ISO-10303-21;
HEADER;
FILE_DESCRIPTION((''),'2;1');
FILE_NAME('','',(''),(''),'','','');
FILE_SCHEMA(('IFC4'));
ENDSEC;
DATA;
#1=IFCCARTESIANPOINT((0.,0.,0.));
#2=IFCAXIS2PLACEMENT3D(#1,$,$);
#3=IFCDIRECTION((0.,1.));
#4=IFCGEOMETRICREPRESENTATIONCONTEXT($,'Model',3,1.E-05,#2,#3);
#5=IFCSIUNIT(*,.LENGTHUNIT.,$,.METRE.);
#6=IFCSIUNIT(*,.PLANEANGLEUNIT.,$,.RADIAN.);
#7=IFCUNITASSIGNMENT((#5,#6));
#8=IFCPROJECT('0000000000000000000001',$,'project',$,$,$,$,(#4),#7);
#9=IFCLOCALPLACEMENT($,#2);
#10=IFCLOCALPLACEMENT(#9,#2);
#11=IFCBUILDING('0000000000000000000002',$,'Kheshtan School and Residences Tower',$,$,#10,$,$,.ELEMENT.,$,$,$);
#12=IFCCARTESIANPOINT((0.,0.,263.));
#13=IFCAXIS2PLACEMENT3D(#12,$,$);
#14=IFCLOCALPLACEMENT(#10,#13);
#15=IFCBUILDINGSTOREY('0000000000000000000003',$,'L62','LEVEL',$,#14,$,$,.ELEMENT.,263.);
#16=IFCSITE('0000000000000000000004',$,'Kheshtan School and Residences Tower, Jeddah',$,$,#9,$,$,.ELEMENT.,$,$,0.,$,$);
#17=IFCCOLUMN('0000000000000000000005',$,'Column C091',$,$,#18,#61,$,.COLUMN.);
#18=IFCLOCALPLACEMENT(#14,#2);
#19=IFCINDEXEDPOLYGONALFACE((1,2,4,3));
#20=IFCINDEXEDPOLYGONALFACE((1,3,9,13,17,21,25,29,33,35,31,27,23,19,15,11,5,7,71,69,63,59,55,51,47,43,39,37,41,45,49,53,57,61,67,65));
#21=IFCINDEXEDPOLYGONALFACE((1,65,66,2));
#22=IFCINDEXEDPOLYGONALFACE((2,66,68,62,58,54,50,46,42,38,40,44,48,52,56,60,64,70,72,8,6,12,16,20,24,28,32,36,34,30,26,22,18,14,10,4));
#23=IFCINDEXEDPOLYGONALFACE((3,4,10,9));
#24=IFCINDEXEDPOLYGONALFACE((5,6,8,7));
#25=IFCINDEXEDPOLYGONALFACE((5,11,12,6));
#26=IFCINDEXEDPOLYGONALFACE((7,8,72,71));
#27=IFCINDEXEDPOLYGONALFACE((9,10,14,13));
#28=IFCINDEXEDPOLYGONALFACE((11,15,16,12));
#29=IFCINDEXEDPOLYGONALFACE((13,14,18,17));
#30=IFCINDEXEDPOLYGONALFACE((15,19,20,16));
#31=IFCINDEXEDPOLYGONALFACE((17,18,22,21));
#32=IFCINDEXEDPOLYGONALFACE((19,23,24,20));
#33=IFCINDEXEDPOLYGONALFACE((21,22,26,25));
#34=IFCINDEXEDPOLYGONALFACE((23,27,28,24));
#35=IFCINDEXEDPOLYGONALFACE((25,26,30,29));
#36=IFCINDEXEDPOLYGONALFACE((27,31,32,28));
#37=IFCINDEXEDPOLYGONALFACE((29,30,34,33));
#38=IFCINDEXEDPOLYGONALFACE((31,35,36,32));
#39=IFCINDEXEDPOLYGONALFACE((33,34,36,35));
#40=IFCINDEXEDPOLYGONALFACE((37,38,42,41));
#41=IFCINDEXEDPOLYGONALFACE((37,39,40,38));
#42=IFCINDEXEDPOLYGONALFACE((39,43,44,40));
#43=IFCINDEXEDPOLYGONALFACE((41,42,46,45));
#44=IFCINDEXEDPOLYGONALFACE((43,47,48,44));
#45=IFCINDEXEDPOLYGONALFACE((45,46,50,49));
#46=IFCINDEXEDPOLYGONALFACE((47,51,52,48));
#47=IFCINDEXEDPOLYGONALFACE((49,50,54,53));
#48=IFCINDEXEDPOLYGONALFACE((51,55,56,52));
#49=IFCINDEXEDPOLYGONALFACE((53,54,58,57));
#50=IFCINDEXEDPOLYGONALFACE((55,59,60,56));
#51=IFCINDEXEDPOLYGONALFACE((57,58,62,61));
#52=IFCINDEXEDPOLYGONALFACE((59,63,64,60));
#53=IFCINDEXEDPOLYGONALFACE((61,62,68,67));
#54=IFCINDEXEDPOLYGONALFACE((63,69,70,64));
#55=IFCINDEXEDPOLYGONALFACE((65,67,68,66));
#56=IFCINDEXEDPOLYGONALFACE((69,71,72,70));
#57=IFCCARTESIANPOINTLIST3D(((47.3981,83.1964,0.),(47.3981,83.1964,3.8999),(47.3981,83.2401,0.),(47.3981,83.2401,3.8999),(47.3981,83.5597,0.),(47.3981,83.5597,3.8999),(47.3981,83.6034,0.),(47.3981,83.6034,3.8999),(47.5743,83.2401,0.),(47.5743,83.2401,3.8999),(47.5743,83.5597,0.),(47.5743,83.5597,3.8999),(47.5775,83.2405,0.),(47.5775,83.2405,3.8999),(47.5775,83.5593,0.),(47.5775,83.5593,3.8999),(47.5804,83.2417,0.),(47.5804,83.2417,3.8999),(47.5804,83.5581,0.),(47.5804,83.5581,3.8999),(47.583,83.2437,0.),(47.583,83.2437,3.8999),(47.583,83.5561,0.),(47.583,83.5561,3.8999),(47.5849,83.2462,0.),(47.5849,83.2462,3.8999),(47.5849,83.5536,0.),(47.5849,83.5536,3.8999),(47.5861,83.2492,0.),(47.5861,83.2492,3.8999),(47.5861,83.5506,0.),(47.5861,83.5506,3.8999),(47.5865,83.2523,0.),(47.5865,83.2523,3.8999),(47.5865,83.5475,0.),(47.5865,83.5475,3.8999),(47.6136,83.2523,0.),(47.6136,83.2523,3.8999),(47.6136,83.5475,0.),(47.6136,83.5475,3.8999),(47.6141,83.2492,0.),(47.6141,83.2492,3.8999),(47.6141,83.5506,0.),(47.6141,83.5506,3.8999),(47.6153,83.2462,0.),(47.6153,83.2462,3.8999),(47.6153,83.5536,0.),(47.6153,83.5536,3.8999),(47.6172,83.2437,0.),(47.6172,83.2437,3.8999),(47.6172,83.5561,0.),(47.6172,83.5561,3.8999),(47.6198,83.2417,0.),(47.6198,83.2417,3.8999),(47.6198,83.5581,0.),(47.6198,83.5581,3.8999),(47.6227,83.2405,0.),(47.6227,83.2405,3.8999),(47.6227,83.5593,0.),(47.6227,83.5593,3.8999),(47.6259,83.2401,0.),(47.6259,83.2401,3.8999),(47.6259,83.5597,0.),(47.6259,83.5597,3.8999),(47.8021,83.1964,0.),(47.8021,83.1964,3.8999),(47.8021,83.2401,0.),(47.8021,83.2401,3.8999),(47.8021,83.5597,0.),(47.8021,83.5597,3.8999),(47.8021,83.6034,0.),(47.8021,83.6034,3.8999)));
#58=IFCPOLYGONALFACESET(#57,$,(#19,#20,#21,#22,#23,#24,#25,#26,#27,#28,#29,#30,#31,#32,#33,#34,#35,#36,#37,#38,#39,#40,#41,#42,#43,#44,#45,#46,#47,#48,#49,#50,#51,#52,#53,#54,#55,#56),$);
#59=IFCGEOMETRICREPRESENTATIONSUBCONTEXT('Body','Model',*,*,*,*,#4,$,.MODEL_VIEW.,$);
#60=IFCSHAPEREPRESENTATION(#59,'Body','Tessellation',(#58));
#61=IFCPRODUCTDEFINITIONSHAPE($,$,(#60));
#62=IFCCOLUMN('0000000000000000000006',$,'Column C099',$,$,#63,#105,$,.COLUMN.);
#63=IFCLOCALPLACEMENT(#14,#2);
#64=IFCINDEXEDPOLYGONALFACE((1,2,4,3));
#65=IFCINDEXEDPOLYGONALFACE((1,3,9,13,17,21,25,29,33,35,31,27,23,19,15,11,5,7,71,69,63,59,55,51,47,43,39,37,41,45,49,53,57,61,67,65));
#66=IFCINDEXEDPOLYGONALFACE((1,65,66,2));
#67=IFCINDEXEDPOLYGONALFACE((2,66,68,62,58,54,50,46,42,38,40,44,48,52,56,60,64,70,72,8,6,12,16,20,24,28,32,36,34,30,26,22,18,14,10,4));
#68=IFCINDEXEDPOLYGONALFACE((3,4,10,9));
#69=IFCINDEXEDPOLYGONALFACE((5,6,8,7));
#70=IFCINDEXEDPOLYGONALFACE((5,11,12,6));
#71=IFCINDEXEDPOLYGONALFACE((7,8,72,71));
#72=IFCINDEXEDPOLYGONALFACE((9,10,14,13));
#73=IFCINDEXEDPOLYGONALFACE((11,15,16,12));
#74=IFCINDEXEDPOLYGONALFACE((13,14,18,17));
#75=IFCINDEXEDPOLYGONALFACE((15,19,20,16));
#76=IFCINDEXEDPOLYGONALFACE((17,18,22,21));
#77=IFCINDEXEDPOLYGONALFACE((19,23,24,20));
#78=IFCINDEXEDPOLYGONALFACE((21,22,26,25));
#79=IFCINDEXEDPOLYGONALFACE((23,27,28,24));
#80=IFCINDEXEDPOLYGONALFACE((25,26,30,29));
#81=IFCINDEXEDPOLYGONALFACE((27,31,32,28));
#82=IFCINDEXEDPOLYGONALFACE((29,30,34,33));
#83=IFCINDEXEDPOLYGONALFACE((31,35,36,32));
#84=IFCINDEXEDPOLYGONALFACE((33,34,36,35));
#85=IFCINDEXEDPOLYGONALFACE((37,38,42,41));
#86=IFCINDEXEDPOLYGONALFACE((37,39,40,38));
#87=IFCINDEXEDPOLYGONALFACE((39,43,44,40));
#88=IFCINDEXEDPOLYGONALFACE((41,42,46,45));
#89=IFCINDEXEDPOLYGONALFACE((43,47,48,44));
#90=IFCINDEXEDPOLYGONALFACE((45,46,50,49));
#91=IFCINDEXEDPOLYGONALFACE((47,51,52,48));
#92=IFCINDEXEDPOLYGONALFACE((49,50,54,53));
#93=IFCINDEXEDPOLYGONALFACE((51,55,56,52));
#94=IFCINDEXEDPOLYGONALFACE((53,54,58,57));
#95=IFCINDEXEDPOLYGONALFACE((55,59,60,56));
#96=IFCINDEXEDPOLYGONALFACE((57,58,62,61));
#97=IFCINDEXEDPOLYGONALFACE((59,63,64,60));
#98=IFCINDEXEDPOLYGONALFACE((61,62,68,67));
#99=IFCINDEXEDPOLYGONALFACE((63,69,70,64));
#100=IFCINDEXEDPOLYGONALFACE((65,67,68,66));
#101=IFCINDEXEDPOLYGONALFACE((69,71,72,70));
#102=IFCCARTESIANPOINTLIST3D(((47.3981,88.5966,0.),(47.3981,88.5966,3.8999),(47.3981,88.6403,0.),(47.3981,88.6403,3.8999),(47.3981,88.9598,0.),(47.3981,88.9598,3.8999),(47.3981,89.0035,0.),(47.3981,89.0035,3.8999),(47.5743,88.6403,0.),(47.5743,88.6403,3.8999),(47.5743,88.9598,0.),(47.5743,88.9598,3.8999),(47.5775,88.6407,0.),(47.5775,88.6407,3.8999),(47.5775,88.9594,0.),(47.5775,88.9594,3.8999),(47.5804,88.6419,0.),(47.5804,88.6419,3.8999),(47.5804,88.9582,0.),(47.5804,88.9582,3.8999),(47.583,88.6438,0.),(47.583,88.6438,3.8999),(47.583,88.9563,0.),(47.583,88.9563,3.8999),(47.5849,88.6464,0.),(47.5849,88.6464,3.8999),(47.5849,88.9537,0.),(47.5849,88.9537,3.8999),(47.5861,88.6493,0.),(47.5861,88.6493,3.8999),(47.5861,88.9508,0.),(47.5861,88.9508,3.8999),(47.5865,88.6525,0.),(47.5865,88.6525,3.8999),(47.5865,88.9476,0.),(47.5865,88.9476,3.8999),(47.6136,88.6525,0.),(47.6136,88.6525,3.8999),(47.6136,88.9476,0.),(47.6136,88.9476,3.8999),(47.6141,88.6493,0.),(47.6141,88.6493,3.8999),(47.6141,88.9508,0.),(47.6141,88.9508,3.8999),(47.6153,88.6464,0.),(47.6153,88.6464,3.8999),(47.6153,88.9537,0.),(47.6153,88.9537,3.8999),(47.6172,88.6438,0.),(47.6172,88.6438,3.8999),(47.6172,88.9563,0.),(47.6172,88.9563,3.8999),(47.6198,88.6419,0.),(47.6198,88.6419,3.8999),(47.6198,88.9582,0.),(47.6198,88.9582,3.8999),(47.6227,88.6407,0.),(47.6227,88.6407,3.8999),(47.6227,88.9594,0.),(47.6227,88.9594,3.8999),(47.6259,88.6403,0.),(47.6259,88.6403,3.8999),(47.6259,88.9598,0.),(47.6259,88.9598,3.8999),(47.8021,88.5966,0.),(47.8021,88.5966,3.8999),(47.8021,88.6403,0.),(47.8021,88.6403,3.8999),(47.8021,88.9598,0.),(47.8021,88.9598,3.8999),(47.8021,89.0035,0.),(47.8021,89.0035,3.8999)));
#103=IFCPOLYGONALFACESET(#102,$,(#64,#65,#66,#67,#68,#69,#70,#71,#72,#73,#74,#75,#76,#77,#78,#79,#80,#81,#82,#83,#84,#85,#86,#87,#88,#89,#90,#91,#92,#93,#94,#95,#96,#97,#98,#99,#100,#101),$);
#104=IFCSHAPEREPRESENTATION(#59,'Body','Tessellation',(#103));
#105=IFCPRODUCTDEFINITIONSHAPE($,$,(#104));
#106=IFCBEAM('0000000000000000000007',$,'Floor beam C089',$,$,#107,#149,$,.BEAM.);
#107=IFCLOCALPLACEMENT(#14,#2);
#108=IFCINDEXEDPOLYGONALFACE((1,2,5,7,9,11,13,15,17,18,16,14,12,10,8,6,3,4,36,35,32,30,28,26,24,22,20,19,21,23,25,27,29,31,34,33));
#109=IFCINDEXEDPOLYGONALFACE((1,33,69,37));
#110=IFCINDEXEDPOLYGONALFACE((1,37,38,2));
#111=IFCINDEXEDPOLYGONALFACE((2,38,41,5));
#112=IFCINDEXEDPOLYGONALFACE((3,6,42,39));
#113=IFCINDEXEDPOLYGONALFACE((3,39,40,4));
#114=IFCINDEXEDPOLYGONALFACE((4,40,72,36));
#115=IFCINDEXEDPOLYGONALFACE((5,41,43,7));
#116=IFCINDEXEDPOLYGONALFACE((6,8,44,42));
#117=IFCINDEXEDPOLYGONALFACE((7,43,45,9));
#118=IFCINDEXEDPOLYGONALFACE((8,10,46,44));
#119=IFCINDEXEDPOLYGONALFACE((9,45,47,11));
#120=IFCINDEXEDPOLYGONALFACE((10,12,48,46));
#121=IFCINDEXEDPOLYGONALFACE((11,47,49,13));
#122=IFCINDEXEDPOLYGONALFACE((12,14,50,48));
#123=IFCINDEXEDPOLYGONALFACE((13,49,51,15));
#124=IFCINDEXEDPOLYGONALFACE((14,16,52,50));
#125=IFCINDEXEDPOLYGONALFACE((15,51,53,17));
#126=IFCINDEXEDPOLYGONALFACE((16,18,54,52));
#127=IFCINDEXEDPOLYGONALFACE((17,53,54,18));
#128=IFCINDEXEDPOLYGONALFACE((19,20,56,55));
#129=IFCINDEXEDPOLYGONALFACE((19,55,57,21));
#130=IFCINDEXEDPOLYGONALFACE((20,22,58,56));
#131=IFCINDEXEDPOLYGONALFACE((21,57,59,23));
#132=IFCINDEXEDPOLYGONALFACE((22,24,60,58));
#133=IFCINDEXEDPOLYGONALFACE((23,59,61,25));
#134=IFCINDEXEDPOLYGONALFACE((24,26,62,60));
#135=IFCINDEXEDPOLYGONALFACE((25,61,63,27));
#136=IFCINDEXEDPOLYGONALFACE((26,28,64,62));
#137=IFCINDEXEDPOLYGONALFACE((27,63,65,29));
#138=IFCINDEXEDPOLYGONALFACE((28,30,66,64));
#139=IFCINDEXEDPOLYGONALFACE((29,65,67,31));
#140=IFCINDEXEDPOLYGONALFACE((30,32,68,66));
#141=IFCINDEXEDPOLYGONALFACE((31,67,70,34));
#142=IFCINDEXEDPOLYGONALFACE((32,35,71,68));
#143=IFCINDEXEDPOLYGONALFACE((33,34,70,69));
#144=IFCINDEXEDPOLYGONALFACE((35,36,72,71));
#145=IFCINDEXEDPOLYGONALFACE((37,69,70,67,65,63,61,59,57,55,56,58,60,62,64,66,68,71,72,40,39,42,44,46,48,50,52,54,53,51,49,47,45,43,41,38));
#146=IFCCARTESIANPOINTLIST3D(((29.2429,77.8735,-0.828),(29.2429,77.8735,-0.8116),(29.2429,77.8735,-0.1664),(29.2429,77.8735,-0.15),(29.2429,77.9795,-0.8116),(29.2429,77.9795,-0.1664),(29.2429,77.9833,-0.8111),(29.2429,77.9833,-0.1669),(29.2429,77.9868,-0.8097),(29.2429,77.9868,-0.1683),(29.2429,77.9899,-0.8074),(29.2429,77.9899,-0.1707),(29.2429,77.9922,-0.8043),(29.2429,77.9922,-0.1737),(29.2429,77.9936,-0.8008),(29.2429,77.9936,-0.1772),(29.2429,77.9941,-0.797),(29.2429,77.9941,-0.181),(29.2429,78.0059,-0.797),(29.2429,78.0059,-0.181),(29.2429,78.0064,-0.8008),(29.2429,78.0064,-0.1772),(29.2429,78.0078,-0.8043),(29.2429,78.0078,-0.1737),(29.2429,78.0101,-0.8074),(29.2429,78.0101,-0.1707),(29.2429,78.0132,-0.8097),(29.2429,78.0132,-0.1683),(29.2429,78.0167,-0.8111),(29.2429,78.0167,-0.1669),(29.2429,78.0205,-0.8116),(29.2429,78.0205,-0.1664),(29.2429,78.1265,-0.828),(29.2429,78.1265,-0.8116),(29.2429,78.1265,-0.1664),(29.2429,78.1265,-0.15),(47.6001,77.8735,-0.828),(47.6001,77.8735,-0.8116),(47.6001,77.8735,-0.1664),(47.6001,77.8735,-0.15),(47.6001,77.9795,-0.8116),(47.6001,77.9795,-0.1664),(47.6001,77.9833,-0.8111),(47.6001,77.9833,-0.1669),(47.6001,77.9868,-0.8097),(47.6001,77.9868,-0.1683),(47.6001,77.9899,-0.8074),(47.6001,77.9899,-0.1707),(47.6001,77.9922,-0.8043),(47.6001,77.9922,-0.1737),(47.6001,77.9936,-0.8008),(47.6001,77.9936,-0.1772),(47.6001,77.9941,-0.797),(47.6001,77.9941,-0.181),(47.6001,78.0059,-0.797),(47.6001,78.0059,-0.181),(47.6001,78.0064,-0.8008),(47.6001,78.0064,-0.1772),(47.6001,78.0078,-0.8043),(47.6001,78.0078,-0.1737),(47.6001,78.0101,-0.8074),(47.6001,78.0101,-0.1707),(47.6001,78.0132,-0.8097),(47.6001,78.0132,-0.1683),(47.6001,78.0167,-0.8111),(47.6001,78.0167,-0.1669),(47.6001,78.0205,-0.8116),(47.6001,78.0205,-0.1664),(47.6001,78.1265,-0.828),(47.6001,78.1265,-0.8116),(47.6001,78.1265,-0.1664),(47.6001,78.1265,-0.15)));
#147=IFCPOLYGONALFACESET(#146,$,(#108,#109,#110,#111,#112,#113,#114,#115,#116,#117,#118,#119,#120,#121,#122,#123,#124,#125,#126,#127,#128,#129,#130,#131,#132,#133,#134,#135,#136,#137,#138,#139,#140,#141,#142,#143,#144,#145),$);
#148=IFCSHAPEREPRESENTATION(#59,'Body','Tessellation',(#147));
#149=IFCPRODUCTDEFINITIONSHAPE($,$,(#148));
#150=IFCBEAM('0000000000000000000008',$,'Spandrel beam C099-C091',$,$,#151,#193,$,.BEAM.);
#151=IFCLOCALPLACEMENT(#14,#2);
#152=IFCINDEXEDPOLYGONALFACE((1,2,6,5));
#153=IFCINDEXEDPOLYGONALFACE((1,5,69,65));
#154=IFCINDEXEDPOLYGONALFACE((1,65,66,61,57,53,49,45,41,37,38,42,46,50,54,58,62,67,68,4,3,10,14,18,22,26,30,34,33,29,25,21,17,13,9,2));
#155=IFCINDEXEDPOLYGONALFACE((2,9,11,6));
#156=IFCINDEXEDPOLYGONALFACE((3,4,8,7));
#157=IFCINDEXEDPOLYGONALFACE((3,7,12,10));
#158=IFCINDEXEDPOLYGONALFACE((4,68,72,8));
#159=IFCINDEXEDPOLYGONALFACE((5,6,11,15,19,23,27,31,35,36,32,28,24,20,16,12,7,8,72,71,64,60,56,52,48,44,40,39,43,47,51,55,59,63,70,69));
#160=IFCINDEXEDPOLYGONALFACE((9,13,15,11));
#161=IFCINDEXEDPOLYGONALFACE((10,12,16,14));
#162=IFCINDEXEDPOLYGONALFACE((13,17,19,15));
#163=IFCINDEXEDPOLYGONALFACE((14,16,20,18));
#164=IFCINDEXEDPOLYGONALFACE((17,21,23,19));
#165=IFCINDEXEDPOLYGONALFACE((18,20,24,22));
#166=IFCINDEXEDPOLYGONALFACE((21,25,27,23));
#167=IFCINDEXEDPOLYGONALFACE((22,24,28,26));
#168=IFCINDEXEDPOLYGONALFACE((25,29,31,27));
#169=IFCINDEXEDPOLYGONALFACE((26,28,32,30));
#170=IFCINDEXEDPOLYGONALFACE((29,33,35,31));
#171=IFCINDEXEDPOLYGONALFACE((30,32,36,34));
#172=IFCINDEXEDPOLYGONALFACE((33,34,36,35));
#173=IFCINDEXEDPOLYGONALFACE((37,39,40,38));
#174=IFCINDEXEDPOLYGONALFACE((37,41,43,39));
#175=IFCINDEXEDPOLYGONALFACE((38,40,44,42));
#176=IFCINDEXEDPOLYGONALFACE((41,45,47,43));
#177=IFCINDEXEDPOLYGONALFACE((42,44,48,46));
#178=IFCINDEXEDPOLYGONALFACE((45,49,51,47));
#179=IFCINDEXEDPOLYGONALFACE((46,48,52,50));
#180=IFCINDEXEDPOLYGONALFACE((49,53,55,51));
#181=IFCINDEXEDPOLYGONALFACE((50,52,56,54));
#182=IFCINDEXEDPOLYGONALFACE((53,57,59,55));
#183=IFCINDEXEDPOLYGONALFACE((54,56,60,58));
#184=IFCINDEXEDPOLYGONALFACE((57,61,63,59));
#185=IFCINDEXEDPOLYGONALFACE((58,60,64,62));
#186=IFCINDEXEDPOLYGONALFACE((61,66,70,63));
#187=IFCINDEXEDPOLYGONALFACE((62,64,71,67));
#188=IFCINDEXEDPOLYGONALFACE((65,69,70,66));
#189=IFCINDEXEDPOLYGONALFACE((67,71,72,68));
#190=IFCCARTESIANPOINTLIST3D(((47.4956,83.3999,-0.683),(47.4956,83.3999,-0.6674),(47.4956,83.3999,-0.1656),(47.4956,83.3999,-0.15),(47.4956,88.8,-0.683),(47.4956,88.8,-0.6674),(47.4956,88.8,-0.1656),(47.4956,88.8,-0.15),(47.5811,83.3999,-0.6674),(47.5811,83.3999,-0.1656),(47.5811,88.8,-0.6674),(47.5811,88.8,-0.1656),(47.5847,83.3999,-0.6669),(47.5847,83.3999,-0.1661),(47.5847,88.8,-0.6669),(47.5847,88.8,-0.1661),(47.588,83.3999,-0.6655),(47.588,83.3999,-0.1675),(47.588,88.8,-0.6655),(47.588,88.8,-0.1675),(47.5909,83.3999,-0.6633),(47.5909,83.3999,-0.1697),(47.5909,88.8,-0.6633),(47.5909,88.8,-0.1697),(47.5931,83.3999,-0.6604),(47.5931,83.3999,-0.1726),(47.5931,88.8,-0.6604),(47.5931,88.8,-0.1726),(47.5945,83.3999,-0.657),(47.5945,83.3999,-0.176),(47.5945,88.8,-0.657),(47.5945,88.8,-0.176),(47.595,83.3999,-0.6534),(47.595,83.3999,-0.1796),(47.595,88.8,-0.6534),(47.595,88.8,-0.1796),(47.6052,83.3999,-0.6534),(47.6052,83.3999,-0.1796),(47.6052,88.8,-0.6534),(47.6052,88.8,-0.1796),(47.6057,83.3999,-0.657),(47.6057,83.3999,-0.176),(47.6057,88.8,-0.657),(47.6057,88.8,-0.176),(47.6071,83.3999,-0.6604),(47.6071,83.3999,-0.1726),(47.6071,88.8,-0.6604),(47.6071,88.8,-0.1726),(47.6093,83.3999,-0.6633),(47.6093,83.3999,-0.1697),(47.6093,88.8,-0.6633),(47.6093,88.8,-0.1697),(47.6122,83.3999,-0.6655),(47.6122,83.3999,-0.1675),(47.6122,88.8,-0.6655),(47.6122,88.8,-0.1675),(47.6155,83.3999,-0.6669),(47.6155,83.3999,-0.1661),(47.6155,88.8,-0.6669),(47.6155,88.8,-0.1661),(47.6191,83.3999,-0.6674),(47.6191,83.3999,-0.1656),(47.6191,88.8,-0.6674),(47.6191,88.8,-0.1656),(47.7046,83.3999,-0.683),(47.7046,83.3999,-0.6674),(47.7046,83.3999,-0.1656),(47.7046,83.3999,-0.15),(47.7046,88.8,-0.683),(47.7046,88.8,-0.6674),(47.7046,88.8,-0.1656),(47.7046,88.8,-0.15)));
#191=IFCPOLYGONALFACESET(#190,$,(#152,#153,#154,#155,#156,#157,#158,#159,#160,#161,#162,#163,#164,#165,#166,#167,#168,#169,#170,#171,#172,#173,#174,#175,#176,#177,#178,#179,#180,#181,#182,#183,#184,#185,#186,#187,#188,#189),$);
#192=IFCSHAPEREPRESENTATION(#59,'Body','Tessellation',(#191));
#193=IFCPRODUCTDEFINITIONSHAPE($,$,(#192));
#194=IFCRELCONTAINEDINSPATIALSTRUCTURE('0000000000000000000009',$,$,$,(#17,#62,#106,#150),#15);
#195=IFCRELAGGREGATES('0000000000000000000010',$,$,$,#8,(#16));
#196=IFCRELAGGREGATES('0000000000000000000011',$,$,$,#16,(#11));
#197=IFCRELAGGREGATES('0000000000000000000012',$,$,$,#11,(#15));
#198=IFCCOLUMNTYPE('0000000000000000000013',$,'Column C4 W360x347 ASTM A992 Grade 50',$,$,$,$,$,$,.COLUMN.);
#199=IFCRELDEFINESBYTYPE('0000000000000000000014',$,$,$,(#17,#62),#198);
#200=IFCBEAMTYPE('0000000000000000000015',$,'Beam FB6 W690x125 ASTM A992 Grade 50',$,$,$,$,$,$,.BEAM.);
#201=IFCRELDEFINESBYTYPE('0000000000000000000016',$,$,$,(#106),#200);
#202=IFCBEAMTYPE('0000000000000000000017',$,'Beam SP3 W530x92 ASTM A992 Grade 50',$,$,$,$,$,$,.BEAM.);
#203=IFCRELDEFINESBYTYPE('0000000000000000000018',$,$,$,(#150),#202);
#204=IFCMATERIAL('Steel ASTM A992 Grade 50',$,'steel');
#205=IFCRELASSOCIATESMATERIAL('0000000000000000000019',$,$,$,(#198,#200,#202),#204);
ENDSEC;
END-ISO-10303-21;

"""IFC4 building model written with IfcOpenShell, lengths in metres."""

from ifc_helpers import new_model, si_unit, direction, frame, origin, origin_2d, place, context, subcontext, project, spatial, i_section, extrude, material, material_profile, profile_set, type_object, element, save


model = new_model("IFC4")

# Units and contexts
model_context = context("Model", 3, precision=1e-05, world=origin(), true_north=direction((0.0, 1.0)))
body_context = subcontext(model_context, "Body", "Model", "MODEL_VIEW")
ifc_project = project(units=[si_unit("LENGTHUNIT", "METRE"), si_unit("PLANEANGLEUNIT", "RADIAN")], contexts=[model_context])

# Site, building, storey
site_placement = place(None, origin())
site = spatial("IfcSite", under=ifc_project, at=site_placement, Name="Kheshtan School and Residences Tower, Jeddah", CompositionType="ELEMENT", RefElevation=0.0)
building_placement = place(site_placement, origin())
building = spatial("IfcBuilding", under=site, at=building_placement, Name="Kheshtan School and Residences Tower", CompositionType="ELEMENT")
storey_placement = place(building_placement, frame((0.0, 0.0, 263.0)))
storey = spatial("IfcBuildingStorey", under=building, at=storey_placement, Name="L62", Description="LEVEL", CompositionType="ELEMENT", Elevation=263.0)

# Columns
ifc_material_1 = material(Name="Steel ASTM A992 Grade 50", Category="steel")
ifc_material_profile_1 = material_profile(ifc_material_1, i_section(OverallWidth=0.4041, OverallDepth=0.407, WebThickness=0.0271, FlangeThickness=0.0437, FilletRadius=0.0122, at=origin_2d()), Name="W360x347")
ifc_profile_set_1 = profile_set([ifc_material_profile_1], Name="Steel ASTM A992 Grade 50")
column_type = type_object("IfcColumnType", Name="Column C4 W360x347 ASTM A992 Grade 50", PredefinedType="COLUMN", material=ifc_profile_set_1)
for number, where, z_axis, x_axis, name in (
    (1, (47.6001, 83.3999, 0.0), (0.0, 0.0, 1.0), (1.0, 0.0, 0.0), "Column C091"),
    (2, (47.6001, 88.8, 0.0), (0.0, 0.0, 1.0), (1.0, 0.0, 0.0), "Column C099"),
):
    element("IfcColumn", number, at=place(storey_placement, frame(where, z_axis=z_axis, x_axis=x_axis)), inside=storey, type_object=column_type, Name=name, PredefinedType="COLUMN", context=body_context, shape_type="SweptSolid", body=[
        extrude(i_section(OverallWidth=0.4041, OverallDepth=0.407, WebThickness=0.0271, FlangeThickness=0.0437, FilletRadius=0.0122, at=origin_2d()), origin(), (0.0, 0.0, 1.0), 3.8999),
    ])

# Beams
ifc_material_profile_2 = material_profile(ifc_material_1, i_section(OverallWidth=0.2529, OverallDepth=0.678, WebThickness=0.0117, FlangeThickness=0.0164, FilletRadius=0.0146, at=origin_2d()), Name="W690x125")
ifc_profile_set_2 = profile_set([ifc_material_profile_2], Name="Steel ASTM A992 Grade 50")
beam_type_1 = type_object("IfcBeamType", Name="Beam FB6 W690x125 ASTM A992 Grade 50", PredefinedType="BEAM", material=ifc_profile_set_2)
beam_1_placement = place(storey_placement, frame((47.6001, 78.0, -0.489), z_axis=(-1.0, 0.0, 0.0), x_axis=(0.0, -1.0, 0.0)))
element("IfcBeam", 3, at=beam_1_placement, inside=storey, type_object=beam_type_1, Name="Floor beam C089", PredefinedType="BEAM", context=body_context, shape_type="SweptSolid", body=[
    extrude(i_section(OverallWidth=0.2529, OverallDepth=0.678, WebThickness=0.0117, FlangeThickness=0.0164, FilletRadius=0.0146, at=origin_2d()), origin(), (0.0, 0.0, 1.0), 18.3572),
])
ifc_material_profile_3 = material_profile(ifc_material_1, i_section(OverallWidth=0.209, OverallDepth=0.533, WebThickness=0.0103, FlangeThickness=0.0156, FilletRadius=0.0139, at=origin_2d()), Name="W530x92")
ifc_profile_set_3 = profile_set([ifc_material_profile_3], Name="Steel ASTM A992 Grade 50")
beam_type_2 = type_object("IfcBeamType", Name="Beam SP3 W530x92 ASTM A992 Grade 50", PredefinedType="BEAM", material=ifc_profile_set_3)
beam_2_placement = place(storey_placement, frame((47.6001, 88.8, -0.4165), z_axis=(0.0, -1.0, 0.0), x_axis=(1.0, 0.0, 0.0)))
element("IfcBeam", 4, at=beam_2_placement, inside=storey, type_object=beam_type_2, Name="Spandrel beam C099-C091", PredefinedType="BEAM", context=body_context, shape_type="SweptSolid", body=[
    extrude(i_section(OverallWidth=0.209, OverallDepth=0.533, WebThickness=0.0103, FlangeThickness=0.0156, FilletRadius=0.0139, at=origin_2d()), origin(), (0.0, 0.0, 1.0), 5.4001),
])

save(model, "model.ifc")
